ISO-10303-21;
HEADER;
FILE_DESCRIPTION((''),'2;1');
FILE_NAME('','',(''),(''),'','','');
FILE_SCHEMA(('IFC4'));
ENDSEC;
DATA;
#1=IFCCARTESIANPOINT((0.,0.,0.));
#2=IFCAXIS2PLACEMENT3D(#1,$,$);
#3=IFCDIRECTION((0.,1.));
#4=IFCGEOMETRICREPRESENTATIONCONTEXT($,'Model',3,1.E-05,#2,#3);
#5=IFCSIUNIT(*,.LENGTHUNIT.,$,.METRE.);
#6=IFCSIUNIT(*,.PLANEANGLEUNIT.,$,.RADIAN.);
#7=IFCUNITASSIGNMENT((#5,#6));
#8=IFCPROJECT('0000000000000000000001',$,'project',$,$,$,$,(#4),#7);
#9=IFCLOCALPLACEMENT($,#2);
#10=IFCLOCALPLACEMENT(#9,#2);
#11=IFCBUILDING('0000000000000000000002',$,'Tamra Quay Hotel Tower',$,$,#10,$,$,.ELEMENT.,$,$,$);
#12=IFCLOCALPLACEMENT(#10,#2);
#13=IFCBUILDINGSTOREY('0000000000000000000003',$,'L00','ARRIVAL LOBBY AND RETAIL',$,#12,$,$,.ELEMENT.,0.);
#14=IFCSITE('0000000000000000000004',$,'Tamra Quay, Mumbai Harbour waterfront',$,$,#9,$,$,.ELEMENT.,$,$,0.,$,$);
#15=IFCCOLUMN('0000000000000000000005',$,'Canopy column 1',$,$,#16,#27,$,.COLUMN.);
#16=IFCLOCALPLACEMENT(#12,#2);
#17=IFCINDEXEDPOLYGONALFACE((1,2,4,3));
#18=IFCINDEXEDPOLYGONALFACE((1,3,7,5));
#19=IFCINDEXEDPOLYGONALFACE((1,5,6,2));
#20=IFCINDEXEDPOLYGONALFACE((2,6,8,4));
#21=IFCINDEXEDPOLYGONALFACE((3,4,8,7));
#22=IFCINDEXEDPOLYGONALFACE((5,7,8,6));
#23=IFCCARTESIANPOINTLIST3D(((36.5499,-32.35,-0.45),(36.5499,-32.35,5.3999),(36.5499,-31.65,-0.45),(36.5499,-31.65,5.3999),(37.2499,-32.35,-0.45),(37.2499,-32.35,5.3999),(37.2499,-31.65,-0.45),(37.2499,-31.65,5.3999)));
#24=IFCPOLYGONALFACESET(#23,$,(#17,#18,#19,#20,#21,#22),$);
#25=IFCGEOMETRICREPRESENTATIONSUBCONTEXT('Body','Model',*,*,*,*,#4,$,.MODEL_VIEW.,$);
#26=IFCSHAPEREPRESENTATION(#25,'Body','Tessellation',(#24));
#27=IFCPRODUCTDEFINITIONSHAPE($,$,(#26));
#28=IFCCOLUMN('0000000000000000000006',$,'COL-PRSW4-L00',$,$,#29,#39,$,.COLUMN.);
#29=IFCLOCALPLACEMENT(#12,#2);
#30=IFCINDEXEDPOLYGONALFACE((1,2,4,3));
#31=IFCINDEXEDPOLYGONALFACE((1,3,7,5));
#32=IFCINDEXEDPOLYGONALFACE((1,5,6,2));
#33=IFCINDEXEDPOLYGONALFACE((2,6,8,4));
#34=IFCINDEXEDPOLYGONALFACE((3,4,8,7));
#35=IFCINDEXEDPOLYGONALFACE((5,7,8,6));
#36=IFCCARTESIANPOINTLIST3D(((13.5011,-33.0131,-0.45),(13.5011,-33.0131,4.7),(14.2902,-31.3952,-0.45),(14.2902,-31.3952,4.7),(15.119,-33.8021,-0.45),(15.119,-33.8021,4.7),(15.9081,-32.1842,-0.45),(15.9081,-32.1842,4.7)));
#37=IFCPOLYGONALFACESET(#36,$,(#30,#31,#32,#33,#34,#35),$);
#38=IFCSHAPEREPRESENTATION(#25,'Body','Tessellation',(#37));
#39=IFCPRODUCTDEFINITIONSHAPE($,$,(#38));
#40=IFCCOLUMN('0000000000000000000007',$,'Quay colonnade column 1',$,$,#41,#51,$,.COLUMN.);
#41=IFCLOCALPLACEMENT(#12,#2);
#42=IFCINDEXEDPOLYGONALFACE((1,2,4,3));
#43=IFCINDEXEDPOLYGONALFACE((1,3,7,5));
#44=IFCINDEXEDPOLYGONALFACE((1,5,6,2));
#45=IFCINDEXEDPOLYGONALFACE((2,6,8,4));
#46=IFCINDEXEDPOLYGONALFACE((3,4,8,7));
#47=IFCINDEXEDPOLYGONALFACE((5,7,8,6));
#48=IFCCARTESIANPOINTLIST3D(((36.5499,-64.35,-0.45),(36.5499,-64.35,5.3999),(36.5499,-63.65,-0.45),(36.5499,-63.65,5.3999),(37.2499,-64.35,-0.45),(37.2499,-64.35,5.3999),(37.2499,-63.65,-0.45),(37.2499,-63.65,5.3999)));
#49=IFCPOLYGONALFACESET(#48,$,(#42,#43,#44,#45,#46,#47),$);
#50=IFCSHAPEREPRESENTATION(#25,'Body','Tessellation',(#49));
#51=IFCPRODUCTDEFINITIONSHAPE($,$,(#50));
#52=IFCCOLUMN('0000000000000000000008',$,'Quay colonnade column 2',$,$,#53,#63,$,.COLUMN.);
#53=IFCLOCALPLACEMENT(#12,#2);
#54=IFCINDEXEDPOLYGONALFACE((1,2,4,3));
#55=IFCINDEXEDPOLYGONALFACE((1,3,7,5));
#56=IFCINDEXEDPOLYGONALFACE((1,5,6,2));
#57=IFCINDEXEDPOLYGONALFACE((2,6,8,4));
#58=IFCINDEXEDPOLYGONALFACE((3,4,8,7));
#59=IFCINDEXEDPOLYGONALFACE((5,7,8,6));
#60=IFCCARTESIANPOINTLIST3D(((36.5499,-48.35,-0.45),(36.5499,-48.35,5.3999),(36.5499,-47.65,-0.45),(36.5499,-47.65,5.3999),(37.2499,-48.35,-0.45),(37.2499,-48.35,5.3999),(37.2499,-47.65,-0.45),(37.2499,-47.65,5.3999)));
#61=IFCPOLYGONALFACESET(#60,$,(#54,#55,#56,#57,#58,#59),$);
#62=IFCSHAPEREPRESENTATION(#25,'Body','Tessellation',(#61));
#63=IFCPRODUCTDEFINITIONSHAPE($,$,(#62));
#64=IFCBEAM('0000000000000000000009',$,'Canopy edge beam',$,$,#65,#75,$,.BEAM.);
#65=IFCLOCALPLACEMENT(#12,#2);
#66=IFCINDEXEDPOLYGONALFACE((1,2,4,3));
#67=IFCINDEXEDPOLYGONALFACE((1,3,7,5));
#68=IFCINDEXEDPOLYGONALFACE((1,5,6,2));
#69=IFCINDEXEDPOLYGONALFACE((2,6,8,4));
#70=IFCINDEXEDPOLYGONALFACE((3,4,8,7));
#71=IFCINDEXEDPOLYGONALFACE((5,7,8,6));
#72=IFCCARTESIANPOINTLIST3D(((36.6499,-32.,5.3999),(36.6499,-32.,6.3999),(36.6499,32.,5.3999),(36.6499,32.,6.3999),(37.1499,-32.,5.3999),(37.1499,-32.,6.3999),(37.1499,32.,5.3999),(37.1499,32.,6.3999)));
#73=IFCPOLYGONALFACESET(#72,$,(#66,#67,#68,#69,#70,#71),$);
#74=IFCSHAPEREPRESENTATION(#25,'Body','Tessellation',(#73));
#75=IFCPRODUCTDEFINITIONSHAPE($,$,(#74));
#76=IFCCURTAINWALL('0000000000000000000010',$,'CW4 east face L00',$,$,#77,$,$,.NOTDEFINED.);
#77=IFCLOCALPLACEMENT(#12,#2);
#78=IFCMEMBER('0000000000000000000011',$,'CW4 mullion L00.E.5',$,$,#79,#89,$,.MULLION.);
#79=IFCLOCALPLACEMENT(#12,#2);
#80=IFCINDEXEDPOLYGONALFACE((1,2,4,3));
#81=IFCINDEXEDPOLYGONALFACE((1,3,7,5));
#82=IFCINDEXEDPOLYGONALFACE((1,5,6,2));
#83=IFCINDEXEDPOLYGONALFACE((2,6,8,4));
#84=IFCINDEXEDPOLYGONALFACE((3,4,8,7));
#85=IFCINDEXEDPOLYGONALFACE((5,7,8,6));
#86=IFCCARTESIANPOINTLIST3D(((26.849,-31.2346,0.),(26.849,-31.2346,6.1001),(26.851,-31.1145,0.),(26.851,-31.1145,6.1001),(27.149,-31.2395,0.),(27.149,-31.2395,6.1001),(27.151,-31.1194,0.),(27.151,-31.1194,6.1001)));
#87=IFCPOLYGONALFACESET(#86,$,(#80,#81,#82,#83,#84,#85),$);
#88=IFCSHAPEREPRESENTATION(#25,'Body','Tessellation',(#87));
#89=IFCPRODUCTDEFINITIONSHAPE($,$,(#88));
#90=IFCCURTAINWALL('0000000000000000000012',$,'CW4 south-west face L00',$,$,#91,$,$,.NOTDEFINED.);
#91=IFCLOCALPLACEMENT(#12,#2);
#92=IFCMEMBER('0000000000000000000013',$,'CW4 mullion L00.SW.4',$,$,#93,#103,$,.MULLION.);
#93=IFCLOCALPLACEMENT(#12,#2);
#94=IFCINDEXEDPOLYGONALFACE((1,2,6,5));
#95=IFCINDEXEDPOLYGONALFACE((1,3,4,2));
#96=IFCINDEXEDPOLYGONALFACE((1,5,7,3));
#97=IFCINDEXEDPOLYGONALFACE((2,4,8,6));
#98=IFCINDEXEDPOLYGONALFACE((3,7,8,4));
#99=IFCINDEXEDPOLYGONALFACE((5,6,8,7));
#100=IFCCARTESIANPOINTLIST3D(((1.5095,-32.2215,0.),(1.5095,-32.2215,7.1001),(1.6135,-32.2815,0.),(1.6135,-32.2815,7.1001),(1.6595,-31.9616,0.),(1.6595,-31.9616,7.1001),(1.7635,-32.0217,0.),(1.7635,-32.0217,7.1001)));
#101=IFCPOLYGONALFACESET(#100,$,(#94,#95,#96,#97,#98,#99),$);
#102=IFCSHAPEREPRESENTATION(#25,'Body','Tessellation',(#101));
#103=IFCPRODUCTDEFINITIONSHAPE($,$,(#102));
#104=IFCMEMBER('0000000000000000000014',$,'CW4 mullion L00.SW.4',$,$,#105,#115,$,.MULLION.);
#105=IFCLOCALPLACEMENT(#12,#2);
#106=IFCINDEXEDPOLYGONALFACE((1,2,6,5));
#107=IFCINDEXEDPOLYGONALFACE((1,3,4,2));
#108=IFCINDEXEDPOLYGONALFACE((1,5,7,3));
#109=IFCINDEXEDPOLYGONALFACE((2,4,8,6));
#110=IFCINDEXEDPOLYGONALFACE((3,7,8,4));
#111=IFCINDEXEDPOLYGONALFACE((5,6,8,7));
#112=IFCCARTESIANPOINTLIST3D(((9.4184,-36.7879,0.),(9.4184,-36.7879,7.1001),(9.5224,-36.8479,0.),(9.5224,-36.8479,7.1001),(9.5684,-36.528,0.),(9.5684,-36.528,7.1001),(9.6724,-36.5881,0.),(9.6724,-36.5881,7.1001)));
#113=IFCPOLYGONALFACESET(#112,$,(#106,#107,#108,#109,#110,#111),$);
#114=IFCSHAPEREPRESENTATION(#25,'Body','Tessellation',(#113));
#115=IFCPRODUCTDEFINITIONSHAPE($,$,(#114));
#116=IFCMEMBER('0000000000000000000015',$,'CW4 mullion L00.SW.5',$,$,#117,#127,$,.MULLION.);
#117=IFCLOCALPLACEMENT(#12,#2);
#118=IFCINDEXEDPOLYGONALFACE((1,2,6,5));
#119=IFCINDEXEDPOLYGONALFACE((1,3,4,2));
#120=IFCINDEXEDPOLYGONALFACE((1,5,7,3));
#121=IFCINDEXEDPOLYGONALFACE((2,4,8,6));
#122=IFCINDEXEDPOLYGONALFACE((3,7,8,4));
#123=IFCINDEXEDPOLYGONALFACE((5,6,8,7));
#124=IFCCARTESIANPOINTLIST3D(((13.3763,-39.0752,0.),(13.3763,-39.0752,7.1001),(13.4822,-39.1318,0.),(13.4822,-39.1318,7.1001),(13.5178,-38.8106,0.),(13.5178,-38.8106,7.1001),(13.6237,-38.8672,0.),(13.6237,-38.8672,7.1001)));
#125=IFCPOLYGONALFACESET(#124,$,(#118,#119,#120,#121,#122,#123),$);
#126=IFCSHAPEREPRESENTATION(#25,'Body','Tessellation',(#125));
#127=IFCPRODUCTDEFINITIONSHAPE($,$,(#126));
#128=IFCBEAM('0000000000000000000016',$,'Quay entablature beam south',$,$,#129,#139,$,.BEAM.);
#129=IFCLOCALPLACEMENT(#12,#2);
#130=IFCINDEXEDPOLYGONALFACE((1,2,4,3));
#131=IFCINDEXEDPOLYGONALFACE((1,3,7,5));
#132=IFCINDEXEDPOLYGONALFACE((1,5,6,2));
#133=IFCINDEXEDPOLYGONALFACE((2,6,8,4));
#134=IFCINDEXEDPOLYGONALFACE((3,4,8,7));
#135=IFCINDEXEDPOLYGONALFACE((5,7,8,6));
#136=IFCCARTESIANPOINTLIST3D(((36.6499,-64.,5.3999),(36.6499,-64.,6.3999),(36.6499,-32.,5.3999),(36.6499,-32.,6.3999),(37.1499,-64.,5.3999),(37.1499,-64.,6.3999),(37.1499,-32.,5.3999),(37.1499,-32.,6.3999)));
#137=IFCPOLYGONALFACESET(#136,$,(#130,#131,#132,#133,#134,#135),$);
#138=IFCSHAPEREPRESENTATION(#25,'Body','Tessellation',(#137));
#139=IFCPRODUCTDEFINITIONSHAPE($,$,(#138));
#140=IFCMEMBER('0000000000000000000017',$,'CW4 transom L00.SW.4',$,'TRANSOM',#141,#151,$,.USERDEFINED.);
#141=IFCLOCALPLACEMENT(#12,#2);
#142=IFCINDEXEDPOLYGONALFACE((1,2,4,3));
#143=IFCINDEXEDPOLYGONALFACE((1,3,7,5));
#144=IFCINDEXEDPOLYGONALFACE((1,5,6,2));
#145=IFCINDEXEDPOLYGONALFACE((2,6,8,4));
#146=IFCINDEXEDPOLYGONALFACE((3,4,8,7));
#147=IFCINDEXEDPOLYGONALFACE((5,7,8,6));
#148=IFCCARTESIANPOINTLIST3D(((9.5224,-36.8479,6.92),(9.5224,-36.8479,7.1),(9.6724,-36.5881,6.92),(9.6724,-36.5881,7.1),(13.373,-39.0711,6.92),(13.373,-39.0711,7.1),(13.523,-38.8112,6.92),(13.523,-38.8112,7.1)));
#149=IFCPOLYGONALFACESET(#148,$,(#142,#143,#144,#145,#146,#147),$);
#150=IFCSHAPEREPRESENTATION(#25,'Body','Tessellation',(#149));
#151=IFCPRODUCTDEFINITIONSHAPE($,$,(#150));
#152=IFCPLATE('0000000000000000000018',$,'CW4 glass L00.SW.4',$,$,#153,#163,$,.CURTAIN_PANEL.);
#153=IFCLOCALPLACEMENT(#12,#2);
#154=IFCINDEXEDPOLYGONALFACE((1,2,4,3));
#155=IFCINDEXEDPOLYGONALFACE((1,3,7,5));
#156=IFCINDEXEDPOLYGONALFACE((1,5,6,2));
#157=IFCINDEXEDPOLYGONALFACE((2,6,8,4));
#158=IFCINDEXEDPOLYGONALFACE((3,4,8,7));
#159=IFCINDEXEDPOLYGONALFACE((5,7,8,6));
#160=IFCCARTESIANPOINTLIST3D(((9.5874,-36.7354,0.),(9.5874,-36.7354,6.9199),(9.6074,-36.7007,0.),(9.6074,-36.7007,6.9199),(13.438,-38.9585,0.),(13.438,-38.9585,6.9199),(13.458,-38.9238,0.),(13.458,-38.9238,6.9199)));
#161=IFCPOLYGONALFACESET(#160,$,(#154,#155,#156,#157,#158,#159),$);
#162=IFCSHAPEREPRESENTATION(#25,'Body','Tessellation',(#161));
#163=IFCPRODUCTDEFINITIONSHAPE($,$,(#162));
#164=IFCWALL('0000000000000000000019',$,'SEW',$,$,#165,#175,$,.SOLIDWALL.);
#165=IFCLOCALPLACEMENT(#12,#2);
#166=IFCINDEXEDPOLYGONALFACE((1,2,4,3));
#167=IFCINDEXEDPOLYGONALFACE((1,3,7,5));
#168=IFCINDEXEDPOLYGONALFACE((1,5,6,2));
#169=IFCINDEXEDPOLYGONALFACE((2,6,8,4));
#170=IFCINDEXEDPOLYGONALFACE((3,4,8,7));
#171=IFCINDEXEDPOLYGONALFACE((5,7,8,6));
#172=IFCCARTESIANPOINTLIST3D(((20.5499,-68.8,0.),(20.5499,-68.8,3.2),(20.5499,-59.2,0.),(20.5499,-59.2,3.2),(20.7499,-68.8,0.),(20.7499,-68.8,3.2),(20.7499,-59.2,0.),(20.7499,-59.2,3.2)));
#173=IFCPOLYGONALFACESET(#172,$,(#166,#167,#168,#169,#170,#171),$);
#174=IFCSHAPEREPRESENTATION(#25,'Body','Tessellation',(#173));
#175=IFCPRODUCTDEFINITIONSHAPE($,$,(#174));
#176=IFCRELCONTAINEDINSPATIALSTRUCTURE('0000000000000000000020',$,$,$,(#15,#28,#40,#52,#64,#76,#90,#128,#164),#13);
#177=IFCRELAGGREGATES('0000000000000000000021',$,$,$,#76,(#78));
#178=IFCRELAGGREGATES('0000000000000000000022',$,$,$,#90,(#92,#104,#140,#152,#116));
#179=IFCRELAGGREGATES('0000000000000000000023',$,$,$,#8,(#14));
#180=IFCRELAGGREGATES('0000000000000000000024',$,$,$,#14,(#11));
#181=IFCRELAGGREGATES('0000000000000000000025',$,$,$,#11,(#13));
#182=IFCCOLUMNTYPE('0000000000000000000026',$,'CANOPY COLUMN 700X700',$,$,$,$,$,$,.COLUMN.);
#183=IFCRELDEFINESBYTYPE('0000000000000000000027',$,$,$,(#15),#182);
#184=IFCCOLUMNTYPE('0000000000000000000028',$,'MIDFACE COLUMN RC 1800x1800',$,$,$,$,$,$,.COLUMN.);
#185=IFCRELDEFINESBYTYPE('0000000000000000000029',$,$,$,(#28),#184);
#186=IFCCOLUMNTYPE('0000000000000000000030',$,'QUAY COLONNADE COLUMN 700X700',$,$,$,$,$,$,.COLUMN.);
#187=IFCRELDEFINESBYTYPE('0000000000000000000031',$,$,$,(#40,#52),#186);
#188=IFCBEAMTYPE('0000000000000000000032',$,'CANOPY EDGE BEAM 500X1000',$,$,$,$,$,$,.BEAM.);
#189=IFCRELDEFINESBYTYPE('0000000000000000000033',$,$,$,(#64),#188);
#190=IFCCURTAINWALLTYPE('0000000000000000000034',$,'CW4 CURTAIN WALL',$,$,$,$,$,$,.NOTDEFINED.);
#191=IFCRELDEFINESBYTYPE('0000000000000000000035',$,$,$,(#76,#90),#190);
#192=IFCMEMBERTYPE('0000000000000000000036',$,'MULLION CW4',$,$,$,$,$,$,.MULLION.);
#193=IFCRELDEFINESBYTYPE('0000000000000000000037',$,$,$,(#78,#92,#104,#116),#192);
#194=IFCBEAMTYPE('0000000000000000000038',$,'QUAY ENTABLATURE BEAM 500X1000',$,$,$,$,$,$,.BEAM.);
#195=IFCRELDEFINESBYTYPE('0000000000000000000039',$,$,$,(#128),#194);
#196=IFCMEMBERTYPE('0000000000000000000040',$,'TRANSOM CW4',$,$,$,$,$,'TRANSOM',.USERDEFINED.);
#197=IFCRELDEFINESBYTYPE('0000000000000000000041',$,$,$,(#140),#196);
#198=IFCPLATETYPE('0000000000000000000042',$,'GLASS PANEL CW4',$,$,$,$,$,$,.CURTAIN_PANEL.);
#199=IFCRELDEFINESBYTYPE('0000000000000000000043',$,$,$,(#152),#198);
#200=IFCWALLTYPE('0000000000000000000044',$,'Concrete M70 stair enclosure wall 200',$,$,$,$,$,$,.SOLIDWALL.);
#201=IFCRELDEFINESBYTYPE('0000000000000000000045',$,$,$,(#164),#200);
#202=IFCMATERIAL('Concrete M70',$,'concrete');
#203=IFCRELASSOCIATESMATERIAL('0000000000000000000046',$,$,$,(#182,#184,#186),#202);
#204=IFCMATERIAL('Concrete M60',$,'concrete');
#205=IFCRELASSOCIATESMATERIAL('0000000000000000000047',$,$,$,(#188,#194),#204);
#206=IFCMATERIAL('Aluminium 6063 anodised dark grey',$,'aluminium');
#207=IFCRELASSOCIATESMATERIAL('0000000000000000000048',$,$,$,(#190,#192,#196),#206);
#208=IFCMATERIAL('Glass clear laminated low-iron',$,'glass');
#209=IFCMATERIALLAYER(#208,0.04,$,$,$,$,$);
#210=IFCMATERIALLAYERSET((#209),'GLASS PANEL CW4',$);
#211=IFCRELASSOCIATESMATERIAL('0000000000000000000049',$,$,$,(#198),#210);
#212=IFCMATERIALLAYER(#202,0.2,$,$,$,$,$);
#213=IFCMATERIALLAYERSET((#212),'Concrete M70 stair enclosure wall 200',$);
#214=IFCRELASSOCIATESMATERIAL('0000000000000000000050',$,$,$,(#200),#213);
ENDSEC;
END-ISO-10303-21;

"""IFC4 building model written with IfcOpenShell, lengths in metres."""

from ifc_helpers import new_model, si_unit, direction, frame, frame_2d, origin, origin_2d, place, context, subcontext, project, spatial, rectangle, extrude, material, layer, layer_set, material_profile, profile_set, type_object, element, aggregate, save


model = new_model("IFC4")

# Units and contexts
model_context = context("Model", 3, precision=1e-05, world=origin(), true_north=direction((0.0, 1.0)))
body_context = subcontext(model_context, "Body", "Model", "MODEL_VIEW")
ifc_project = project(units=[si_unit("LENGTHUNIT", "METRE"), si_unit("PLANEANGLEUNIT", "RADIAN")], contexts=[model_context])

# Site, building, storey
site_placement = place(None, origin())
site = spatial("IfcSite", under=ifc_project, at=site_placement, Name="Tamra Quay, Mumbai Harbour waterfront", CompositionType="ELEMENT", RefElevation=0.0)
building_placement = place(site_placement, origin())
building = spatial("IfcBuilding", under=site, at=building_placement, Name="Tamra Quay Hotel Tower", CompositionType="ELEMENT")
storey_placement = place(building_placement, origin())
storey = spatial("IfcBuildingStorey", under=building, at=storey_placement, Name="L00", Description="ARRIVAL LOBBY AND RETAIL", CompositionType="ELEMENT", Elevation=0.0)

# Columns
ifc_material_1 = material(Name="Concrete M70", Category="concrete")
ifc_material_profile_1 = material_profile(ifc_material_1, rectangle(XDim=0.7, YDim=0.7, at=origin_2d()), Name="Concrete M70")
ifc_profile_set_1 = profile_set([ifc_material_profile_1], Name="Concrete M70")
column_type_1 = type_object("IfcColumnType", Name="CANOPY COLUMN 700X700", PredefinedType="COLUMN", material=ifc_profile_set_1)
column_1_placement = place(storey_placement, frame((36.8999, -32.0, -0.45), z_axis=(0.0, 0.0, 1.0), x_axis=(1.0, 0.0, 0.0)))
element("IfcColumn", 1, at=column_1_placement, inside=storey, type_object=column_type_1, Name="Canopy column 1", PredefinedType="COLUMN", context=body_context, shape_type="SweptSolid", body=[
    extrude(rectangle(XDim=0.7, YDim=0.7, at=origin_2d()), origin(), (0.0, 0.0, 1.0), 5.8499),
])
ifc_material_profile_2 = material_profile(ifc_material_1, rectangle(XDim=1.8, YDim=1.8, at=origin_2d()), Name="MIDFACE COLUMN RC 1800x1800")
ifc_profile_set_2 = profile_set([ifc_material_profile_2], Name="Concrete M70")
column_type_2 = type_object("IfcColumnType", Name="MIDFACE COLUMN RC 1800x1800", PredefinedType="COLUMN", material=ifc_profile_set_2)
column_2_placement = place(storey_placement, frame((14.7046, -32.5986, -0.45), z_axis=(0.0, 0.0, 1.0), x_axis=(0.438341, 0.898809, 0.0)))
element("IfcColumn", 2, at=column_2_placement, inside=storey, type_object=column_type_2, Name="COL-PRSW4-L00", PredefinedType="COLUMN", context=body_context, shape_type="SweptSolid", body=[
    extrude(rectangle(XDim=1.8, YDim=1.8, at=origin_2d()), origin(), (0.0, 0.0, 1.0), 5.1499),
])
ifc_material_profile_3 = material_profile(ifc_material_1, rectangle(XDim=0.7, YDim=0.7, at=origin_2d()), Name="Concrete M70")
ifc_profile_set_3 = profile_set([ifc_material_profile_3], Name="Concrete M70")
column_type_3 = type_object("IfcColumnType", Name="QUAY COLONNADE COLUMN 700X700", PredefinedType="COLUMN", material=ifc_profile_set_3)
for number, where, z_axis, x_axis, name in (
    (3, (36.8999, -64.0, -0.45), (0.0, 0.0, 1.0), (1.0, 0.0, 0.0), "Quay colonnade column 1"),
    (4, (36.8999, -48.0, -0.45), (0.0, 0.0, 1.0), (1.0, 0.0, 0.0), "Quay colonnade column 2"),
):
    element("IfcColumn", number, at=place(storey_placement, frame(where, z_axis=z_axis, x_axis=x_axis)), inside=storey, type_object=column_type_3, Name=name, PredefinedType="COLUMN", context=body_context, shape_type="SweptSolid", body=[
        extrude(rectangle(XDim=0.7, YDim=0.7, at=origin_2d()), origin(), (0.0, 0.0, 1.0), 5.8499),
    ])

# Beam
ifc_material_2 = material(Name="Concrete M60", Category="concrete")
ifc_material_profile_4 = material_profile(ifc_material_2, rectangle(XDim=0.5, YDim=1.0, at=origin_2d()), Name="Concrete M60")
ifc_profile_set_4 = profile_set([ifc_material_profile_4], Name="Concrete M60")
beam_type_1 = type_object("IfcBeamType", Name="CANOPY EDGE BEAM 500X1000", PredefinedType="BEAM", material=ifc_profile_set_4)
beam_1_placement = place(storey_placement, frame((36.8999, -32.0, 5.8999), z_axis=(0.0, 1.0, 0.0), x_axis=(-1.0, 0.0, 0.0)))
element("IfcBeam", 5, at=beam_1_placement, inside=storey, type_object=beam_type_1, Name="Canopy edge beam", PredefinedType="BEAM", context=body_context, shape_type="SweptSolid", body=[
    extrude(rectangle(XDim=0.5, YDim=1.0, at=origin_2d()), origin(), (0.0, 0.0, 1.0), 64.0),
])

# Curtain wall, member
ifc_material_3 = material(Name="Aluminium 6063 anodised dark grey", Category="aluminium")
curtain_wall_type = type_object("IfcCurtainWallType", Name="CW4 CURTAIN WALL", PredefinedType="NOTDEFINED", material=ifc_material_3)
curtain_wall_1_placement = place(storey_placement, origin())
curtain_wall_1 = element("IfcCurtainWall", 6, at=curtain_wall_1_placement, inside=storey, type_object=curtain_wall_type, Name="CW4 east face L00", PredefinedType="NOTDEFINED")
ifc_material_profile_5 = material_profile(ifc_material_3, rectangle(XDim=0.3, YDim=0.1201, at=origin_2d()), Name="MULLION 120X300")
ifc_profile_set_5 = profile_set([ifc_material_profile_5], Name="Aluminium 6063 anodised dark grey")
member_type_1 = type_object("IfcMemberType", Name="MULLION CW4", PredefinedType="MULLION", material=ifc_profile_set_5)
member_1_placement = place(storey_placement, frame((27.0, -31.177, 0.0), z_axis=(0.0, 0.0, 1.0), x_axis=(0.999866, -0.016362, 0.0)))
member_1 = element("IfcMember", 7, at=member_1_placement, type_object=member_type_1, Name="CW4 mullion L00.E.5", PredefinedType="MULLION", context=body_context, shape_type="SweptSolid", body=[
    extrude(rectangle(XDim=0.3, YDim=0.1201, at=origin_2d()), origin(), (0.0, 0.0, 1.0), 6.1001),
])
aggregate(curtain_wall_1, [member_1])

# Curtain wall, members
curtain_wall_2_placement = place(storey_placement, origin())
curtain_wall_2 = element("IfcCurtainWall", 8, at=curtain_wall_2_placement, inside=storey, type_object=curtain_wall_type, Name="CW4 south-west face L00", PredefinedType="NOTDEFINED")
member_2_placement = place(storey_placement, frame((1.6365, -32.1216, 0.0), z_axis=(0.0, 0.0, 1.0), x_axis=(-0.5, -0.866025, 0.0)))
member_2 = element("IfcMember", 9, at=member_2_placement, type_object=member_type_1, Name="CW4 mullion L00.SW.4", PredefinedType="MULLION", context=body_context, shape_type="SweptSolid", body=[
    extrude(rectangle(XDim=0.3, YDim=0.1201, at=origin_2d()), origin(), (0.0, 0.0, 1.0), 7.1001),
])
member_3_placement = place(storey_placement, frame((9.5454, -36.688, 0.0), z_axis=(0.0, 0.0, 1.0), x_axis=(-0.5, -0.866025, 0.0)))
member_3 = element("IfcMember", 10, at=member_3_placement, type_object=member_type_1, Name="CW4 mullion L00.SW.4", PredefinedType="MULLION", context=body_context, shape_type="SweptSolid", body=[
    extrude(rectangle(XDim=0.3, YDim=0.1201, at=origin_2d()), origin(), (0.0, 0.0, 1.0), 7.1001),
])
member_4_placement = place(storey_placement, frame((13.5, -38.9712, 0.0), z_axis=(0.0, 0.0, 1.0), x_axis=(-0.471397, -0.881921, 0.0)))
member_4 = element("IfcMember", 11, at=member_4_placement, type_object=member_type_1, Name="CW4 mullion L00.SW.5", PredefinedType="MULLION", context=body_context, shape_type="SweptSolid", body=[
    extrude(rectangle(XDim=0.3, YDim=0.1201, at=origin_2d()), origin(), (0.0, 0.0, 1.0), 7.1001),
])

# Beam
ifc_material_profile_6 = material_profile(ifc_material_2, rectangle(XDim=0.5, YDim=1.0, at=origin_2d()), Name="Concrete M60")
ifc_profile_set_6 = profile_set([ifc_material_profile_6], Name="Concrete M60")
beam_type_2 = type_object("IfcBeamType", Name="QUAY ENTABLATURE BEAM 500X1000", PredefinedType="BEAM", material=ifc_profile_set_6)
beam_2_placement = place(storey_placement, frame((36.8999, -32.0, 5.8999), z_axis=(0.0, -1.0, 0.0), x_axis=(1.0, 0.0, 0.0)))
element("IfcBeam", 12, at=beam_2_placement, inside=storey, type_object=beam_type_2, Name="Quay entablature beam south", PredefinedType="BEAM", context=body_context, shape_type="SweptSolid", body=[
    extrude(rectangle(XDim=0.5, YDim=1.0, at=origin_2d()), origin(), (0.0, 0.0, 1.0), 32.0),
])

# Member
ifc_material_profile_7 = material_profile(ifc_material_3, rectangle(XDim=0.3, YDim=0.1799, at=origin_2d()), Name="TRANSOM 300X180")
ifc_profile_set_7 = profile_set([ifc_material_profile_7], Name="Aluminium 6063 anodised dark grey")
member_type_2 = type_object("IfcMemberType", Name="TRANSOM CW4", ElementType="TRANSOM", PredefinedType="USERDEFINED", material=ifc_profile_set_7)
member_5_placement = place(storey_placement, frame((9.5974, -36.718, 7.01), z_axis=(0.866025, -0.500001, 0.0), x_axis=(0.500001, 0.866025, 0.0)))
member_5 = element("IfcMember", 13, at=member_5_placement, type_object=member_type_2, Name="CW4 transom L00.SW.4", ObjectType="TRANSOM", PredefinedType="USERDEFINED", context=body_context, shape_type="SweptSolid", body=[
    extrude(rectangle(XDim=0.3, YDim=0.1799, at=origin_2d()), origin(), (0.0, 0.0, 1.0), 4.4463),
])

# Plate
ifc_material_4 = material(Name="Glass clear laminated low-iron", Category="glass")
ifc_layer_1 = layer(ifc_material_4, 0.04)
ifc_layer_set_1 = layer_set([ifc_layer_1], Name="GLASS PANEL CW4")
plate_type = type_object("IfcPlateType", Name="GLASS PANEL CW4", PredefinedType="CURTAIN_PANEL", material=ifc_layer_set_1)
plate_placement = place(storey_placement, frame((11.5227, -37.8296, 0.0), z_axis=(0.0, 0.0, 1.0), x_axis=(0.866025, -0.5, 0.0)))
plate = element("IfcPlate", 14, at=plate_placement, type_object=plate_type, Name="CW4 glass L00.SW.4", PredefinedType="CURTAIN_PANEL", context=body_context, shape_type="SweptSolid", body=[
    extrude(rectangle(XDim=4.4463, YDim=0.04, at=origin_2d()), origin(), (0.0, 0.0, 1.0), 6.9199),
])
aggregate(curtain_wall_2, [member_2, member_3, member_5, plate, member_4])

# Wall
ifc_layer_2 = layer(ifc_material_1, 0.2)
ifc_layer_set_2 = layer_set([ifc_layer_2], Name="Concrete M70 stair enclosure wall 200")
wall_type_1 = type_object("IfcWallType", Name="Concrete M70 stair enclosure wall 200", PredefinedType="SOLIDWALL", material=ifc_layer_set_2)
for number, where, z_axis, x_axis, name in (
    (15, (20.6499, -68.8, 0.0), (0.0, 0.0, 1.0), (0.0, 1.0, 0.0), "SEW"),
):
    element("IfcWall", number, at=place(storey_placement, frame(where, z_axis=z_axis, x_axis=x_axis)), inside=storey, type_object=wall_type_1, Name=name, PredefinedType="SOLIDWALL", context=body_context, shape_type="SweptSolid", body=[
        extrude(rectangle(XDim=9.6001, YDim=0.2, at=frame_2d((4.8, 0.0))), origin(), (0.0, 0.0, 1.0), 3.2),
    ])

save(model, "model.ifc")
